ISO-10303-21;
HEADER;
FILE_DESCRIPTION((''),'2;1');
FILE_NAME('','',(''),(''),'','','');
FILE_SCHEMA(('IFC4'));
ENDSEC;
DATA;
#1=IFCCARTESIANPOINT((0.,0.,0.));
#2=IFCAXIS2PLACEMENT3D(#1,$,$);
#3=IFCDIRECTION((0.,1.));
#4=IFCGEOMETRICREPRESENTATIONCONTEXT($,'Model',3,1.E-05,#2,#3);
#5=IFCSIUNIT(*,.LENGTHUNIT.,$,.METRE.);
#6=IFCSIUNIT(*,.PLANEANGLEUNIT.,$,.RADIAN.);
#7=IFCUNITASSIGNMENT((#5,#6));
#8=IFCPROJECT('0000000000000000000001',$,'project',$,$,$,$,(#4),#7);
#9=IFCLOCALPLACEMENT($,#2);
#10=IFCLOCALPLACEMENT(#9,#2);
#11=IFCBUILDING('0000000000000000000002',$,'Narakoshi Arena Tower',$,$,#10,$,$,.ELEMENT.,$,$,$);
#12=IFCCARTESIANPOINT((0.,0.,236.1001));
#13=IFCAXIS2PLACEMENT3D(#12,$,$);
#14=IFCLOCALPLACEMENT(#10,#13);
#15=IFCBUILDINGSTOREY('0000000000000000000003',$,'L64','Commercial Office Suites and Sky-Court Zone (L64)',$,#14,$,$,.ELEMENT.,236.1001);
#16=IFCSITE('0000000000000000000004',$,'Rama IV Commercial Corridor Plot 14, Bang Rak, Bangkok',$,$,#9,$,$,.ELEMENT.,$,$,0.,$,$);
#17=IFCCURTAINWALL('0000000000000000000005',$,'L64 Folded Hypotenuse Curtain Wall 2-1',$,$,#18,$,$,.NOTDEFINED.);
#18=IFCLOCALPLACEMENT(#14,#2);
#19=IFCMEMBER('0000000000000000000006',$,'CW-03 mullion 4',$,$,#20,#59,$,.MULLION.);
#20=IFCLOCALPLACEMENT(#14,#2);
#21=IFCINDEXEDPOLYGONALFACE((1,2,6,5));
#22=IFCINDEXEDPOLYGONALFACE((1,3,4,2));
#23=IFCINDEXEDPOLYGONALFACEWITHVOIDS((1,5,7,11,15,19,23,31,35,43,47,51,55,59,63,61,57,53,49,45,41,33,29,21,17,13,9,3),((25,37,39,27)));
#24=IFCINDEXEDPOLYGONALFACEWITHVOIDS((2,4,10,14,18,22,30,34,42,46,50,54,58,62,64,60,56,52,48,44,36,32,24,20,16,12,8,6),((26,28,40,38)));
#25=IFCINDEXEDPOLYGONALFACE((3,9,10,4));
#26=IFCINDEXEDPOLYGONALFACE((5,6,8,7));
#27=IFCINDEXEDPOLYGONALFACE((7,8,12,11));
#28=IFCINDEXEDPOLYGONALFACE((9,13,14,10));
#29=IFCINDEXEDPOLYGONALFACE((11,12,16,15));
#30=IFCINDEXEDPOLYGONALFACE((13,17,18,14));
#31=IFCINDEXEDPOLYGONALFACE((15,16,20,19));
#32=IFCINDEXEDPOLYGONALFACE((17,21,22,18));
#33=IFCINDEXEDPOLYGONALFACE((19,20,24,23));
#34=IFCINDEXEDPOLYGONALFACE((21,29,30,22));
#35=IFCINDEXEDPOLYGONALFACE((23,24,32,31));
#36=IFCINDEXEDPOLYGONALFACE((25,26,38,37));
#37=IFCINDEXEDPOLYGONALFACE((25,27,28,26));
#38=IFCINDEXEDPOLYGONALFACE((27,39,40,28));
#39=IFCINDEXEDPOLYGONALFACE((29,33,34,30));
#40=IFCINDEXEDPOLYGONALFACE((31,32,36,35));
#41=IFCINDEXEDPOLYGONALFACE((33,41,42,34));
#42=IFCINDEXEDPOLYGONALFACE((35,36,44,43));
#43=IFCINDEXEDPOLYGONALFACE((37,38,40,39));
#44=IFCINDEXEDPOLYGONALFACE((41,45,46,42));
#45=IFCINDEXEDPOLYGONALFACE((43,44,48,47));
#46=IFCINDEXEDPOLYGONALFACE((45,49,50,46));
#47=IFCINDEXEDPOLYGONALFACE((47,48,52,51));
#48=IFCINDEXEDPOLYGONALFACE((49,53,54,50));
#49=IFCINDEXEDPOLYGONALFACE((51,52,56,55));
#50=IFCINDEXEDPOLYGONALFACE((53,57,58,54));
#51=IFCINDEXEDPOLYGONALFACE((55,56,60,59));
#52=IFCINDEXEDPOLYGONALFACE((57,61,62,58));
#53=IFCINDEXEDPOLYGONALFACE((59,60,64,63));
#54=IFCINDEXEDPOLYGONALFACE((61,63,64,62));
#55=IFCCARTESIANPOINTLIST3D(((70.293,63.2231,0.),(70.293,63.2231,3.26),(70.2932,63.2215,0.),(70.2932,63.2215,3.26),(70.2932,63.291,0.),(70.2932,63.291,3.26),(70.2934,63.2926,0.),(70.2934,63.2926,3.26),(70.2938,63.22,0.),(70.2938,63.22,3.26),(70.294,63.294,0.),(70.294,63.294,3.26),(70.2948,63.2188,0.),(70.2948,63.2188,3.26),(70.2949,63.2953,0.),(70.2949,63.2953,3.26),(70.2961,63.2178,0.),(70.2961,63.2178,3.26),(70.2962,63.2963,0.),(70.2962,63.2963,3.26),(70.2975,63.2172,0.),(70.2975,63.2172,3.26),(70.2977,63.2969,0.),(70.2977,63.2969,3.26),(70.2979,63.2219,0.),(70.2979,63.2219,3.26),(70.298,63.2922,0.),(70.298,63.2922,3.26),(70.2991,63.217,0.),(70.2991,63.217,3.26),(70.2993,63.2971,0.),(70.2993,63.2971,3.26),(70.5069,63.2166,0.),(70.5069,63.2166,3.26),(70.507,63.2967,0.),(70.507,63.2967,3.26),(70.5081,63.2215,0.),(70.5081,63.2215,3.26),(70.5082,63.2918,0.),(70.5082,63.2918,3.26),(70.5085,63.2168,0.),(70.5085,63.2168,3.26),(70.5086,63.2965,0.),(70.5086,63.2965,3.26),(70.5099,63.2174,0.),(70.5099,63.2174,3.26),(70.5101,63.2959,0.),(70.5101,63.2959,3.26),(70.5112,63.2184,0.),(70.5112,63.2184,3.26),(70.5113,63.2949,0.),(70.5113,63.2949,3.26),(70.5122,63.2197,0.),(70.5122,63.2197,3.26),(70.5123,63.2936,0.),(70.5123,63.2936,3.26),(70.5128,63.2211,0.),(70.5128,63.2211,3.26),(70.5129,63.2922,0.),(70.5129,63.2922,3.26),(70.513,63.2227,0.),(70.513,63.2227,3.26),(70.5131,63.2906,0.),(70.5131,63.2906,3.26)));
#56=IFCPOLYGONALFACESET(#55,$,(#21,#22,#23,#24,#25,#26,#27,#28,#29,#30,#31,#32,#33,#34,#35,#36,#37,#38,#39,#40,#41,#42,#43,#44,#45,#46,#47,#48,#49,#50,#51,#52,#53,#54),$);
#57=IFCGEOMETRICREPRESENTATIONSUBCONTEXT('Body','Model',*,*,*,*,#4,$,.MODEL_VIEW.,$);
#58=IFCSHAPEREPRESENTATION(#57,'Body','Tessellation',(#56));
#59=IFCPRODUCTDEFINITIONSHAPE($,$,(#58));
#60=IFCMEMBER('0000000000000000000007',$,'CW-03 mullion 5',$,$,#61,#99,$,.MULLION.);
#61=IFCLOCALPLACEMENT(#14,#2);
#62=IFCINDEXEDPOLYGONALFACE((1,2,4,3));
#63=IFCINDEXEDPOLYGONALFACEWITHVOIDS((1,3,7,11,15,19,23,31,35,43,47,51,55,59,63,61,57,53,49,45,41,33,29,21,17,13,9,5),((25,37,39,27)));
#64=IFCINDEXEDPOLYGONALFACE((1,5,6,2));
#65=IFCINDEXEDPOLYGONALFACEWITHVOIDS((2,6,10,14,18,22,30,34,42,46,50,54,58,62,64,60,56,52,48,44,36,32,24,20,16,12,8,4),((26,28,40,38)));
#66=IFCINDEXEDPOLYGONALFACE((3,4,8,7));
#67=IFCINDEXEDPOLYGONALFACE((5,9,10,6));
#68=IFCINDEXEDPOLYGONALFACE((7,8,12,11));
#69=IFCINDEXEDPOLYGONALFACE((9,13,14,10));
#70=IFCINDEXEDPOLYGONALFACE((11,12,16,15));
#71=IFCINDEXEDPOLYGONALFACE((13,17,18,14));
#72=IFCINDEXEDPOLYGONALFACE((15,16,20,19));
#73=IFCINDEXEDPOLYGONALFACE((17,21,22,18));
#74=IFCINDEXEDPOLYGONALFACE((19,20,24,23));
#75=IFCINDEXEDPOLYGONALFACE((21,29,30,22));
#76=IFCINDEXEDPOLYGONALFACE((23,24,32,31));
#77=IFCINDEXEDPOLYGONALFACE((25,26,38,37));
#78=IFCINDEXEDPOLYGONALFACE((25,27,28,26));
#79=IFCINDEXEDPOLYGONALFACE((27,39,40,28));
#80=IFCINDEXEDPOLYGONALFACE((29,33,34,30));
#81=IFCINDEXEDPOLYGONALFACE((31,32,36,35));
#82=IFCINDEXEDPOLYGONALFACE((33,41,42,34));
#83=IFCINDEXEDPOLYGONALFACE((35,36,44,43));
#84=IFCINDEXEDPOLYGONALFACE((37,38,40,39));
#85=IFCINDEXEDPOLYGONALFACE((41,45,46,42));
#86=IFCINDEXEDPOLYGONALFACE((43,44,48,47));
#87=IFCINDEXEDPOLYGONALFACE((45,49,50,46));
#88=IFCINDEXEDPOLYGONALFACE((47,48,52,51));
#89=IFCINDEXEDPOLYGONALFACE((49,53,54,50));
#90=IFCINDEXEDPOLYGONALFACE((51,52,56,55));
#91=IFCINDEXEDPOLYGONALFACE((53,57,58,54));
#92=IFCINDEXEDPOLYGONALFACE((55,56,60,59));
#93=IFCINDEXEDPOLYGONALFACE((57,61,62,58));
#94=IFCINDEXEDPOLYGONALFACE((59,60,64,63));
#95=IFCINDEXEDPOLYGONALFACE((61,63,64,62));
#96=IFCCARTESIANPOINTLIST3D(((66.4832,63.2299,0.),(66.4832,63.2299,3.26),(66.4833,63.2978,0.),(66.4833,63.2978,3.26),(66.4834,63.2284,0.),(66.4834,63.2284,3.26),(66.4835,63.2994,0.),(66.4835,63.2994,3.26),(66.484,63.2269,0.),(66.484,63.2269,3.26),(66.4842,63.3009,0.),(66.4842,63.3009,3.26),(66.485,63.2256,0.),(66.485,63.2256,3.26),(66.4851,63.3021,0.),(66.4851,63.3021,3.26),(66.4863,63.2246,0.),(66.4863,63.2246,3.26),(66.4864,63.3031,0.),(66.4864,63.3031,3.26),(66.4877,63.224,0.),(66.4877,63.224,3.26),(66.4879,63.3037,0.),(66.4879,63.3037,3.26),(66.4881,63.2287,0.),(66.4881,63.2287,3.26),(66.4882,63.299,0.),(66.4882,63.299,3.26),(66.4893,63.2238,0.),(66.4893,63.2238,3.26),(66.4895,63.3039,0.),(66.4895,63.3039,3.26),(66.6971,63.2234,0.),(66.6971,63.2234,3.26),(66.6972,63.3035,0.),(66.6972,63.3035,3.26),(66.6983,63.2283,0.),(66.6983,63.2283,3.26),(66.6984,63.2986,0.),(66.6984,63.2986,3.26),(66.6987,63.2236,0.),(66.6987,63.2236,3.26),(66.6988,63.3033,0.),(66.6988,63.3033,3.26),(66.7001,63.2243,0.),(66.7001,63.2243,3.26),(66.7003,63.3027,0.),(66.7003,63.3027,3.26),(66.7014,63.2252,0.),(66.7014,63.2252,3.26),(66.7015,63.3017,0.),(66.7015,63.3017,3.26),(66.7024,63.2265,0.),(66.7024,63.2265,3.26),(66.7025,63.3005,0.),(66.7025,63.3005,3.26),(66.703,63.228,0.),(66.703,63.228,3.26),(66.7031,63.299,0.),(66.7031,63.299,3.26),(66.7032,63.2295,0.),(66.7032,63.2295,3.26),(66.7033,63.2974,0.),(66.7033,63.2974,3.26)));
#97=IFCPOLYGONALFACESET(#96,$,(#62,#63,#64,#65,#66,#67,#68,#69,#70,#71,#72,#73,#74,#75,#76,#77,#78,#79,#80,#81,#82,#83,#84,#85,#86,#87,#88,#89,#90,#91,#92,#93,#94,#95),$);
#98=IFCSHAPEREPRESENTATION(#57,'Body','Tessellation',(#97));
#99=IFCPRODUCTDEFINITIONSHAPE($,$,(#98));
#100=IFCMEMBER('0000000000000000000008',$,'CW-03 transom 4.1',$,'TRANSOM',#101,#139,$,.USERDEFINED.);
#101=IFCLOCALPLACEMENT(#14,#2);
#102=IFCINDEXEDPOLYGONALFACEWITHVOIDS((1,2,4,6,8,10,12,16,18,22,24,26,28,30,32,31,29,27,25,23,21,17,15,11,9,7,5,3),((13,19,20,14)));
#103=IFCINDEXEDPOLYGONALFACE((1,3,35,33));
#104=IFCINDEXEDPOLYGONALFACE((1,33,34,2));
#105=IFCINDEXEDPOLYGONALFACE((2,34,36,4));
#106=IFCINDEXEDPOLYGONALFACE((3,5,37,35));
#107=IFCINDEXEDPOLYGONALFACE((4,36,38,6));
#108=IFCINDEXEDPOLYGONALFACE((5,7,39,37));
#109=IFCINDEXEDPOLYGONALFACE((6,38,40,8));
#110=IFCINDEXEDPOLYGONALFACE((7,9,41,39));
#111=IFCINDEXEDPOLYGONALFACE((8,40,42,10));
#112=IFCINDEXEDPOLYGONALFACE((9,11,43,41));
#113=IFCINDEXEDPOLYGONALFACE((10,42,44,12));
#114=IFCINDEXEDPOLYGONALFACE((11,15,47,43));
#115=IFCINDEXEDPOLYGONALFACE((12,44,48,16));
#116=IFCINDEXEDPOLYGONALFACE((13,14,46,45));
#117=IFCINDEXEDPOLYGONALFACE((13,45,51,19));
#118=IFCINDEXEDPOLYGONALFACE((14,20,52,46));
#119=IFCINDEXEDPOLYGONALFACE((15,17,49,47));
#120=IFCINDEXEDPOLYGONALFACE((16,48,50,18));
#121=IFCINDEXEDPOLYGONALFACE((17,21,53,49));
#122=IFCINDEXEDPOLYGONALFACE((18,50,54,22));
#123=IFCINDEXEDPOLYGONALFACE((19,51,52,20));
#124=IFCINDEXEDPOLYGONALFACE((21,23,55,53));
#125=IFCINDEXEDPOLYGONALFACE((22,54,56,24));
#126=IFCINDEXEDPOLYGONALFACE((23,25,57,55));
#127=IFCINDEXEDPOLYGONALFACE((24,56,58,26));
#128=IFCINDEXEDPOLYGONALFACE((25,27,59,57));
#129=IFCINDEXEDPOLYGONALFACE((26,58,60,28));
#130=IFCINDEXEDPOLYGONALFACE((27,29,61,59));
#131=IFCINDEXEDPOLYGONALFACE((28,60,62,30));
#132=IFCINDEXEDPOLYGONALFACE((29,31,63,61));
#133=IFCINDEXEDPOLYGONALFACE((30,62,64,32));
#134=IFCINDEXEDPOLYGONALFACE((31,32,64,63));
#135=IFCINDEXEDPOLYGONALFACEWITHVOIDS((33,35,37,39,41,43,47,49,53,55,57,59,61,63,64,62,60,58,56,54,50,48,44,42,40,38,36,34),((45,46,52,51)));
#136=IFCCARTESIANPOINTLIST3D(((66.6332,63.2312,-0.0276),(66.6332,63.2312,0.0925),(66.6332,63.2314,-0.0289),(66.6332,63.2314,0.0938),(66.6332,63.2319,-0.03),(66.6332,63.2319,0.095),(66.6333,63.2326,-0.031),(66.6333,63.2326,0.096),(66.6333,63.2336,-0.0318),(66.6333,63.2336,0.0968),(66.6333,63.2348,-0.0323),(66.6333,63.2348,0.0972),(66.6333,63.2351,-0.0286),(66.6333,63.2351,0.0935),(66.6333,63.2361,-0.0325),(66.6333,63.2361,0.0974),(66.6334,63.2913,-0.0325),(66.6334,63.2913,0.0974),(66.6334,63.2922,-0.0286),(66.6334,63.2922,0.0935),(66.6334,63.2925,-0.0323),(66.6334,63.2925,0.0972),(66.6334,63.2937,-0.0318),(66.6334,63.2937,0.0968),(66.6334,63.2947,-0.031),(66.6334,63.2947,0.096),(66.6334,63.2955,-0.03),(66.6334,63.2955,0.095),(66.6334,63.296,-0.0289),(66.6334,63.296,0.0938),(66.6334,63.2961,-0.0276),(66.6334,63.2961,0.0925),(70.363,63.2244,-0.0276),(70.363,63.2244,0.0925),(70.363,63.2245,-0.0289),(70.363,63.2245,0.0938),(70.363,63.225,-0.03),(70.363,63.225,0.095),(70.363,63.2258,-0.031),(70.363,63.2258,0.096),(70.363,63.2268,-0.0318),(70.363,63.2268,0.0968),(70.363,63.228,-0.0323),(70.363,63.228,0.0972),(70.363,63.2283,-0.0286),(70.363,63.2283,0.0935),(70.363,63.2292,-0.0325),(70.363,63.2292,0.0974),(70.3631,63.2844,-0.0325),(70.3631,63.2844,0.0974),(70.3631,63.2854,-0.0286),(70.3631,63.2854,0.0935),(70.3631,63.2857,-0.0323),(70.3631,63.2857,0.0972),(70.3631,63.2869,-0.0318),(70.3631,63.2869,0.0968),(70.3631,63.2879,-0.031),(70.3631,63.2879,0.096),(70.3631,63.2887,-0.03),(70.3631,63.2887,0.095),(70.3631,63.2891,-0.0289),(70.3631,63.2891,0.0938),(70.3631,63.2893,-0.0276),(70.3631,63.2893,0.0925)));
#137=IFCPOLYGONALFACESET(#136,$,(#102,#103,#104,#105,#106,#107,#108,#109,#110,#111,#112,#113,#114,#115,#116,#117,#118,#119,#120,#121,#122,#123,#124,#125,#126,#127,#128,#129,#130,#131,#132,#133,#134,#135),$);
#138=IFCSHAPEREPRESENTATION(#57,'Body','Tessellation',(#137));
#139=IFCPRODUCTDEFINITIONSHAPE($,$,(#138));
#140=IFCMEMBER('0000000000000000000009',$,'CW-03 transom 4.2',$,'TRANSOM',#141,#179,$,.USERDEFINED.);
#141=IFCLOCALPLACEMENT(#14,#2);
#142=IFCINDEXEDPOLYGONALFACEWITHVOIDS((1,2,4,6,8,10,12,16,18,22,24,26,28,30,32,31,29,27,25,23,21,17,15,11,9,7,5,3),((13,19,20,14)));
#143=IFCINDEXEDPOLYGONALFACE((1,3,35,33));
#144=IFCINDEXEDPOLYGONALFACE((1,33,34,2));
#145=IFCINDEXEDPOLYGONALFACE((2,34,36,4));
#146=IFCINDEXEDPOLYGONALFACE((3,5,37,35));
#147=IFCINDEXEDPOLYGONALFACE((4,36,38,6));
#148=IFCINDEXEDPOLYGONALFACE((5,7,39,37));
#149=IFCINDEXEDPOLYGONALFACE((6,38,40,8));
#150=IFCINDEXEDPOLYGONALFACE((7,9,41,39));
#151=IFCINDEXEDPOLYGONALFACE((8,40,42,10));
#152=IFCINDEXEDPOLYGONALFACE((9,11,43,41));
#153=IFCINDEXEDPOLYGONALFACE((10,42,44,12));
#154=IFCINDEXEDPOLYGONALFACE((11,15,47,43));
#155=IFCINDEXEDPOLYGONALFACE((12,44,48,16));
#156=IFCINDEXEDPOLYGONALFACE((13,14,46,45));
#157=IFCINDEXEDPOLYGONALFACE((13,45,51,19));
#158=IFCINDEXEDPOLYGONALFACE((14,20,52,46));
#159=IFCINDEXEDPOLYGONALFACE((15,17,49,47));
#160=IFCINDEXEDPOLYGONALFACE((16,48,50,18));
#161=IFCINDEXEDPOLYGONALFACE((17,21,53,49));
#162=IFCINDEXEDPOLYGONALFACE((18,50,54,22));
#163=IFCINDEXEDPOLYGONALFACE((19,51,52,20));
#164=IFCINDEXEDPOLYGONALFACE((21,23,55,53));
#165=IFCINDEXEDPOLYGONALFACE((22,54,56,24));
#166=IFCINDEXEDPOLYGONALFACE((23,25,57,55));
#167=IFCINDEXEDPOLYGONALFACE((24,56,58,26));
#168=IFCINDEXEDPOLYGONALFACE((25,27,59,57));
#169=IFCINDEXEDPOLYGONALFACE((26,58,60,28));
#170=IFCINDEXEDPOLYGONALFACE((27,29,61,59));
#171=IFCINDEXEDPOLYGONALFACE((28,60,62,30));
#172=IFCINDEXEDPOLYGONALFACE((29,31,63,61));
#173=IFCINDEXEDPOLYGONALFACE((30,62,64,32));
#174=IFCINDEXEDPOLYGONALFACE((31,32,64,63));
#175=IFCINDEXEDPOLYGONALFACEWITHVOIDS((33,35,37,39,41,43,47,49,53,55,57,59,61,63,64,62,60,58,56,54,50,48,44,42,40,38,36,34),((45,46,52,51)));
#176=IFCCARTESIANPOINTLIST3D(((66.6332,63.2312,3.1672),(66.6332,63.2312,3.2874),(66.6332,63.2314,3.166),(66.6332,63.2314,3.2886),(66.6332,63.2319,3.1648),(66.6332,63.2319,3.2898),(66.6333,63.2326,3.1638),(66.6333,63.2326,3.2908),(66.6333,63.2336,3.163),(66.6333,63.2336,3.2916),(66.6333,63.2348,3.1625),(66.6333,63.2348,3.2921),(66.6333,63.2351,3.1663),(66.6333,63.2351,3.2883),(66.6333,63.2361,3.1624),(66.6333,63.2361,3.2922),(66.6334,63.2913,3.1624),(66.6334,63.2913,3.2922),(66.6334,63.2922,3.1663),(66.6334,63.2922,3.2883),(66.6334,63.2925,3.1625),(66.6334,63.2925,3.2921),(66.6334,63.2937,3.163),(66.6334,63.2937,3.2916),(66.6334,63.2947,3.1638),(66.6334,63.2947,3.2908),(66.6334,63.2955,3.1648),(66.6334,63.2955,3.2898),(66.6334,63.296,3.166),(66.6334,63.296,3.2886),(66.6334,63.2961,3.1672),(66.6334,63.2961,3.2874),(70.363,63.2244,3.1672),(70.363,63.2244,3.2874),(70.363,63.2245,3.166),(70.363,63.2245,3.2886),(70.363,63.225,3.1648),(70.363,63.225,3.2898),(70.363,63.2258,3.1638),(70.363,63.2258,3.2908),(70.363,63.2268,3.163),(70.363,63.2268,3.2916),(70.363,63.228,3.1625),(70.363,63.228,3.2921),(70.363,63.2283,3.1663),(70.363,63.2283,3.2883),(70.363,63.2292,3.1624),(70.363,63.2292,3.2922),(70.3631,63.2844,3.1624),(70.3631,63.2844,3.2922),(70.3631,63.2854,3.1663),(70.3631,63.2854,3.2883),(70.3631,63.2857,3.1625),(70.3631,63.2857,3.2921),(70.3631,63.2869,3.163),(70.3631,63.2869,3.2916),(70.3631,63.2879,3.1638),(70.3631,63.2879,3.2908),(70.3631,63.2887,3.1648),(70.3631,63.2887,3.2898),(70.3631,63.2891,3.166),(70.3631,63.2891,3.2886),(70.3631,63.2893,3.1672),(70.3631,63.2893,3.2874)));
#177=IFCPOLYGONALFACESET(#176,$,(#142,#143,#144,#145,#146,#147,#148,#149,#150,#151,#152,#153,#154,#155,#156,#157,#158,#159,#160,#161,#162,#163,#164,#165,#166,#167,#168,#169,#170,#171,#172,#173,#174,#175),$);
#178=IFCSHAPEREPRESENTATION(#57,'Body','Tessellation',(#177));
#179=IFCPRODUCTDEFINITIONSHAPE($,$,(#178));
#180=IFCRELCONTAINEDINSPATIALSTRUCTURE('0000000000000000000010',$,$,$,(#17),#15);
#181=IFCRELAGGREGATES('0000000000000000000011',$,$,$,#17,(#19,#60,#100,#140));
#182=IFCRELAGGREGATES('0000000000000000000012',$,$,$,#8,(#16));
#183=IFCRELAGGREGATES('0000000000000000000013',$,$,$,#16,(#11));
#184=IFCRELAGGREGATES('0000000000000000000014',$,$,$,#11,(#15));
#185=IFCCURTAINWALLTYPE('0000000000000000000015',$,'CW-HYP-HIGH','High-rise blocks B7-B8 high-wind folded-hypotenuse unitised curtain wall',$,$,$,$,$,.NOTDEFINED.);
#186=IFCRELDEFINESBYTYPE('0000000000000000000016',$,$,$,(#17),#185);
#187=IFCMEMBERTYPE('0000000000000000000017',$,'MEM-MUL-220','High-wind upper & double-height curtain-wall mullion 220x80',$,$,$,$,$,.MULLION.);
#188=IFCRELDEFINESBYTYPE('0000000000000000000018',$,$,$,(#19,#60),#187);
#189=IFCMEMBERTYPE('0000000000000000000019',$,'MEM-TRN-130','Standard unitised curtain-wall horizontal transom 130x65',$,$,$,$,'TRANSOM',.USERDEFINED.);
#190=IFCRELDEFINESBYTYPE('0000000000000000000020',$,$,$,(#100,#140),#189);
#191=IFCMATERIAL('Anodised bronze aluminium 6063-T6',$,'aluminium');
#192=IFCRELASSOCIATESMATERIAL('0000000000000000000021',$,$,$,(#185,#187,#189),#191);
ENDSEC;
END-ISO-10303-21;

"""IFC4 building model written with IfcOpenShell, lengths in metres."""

from ifc_helpers import new_model, si_unit, direction, frame, origin, origin_2d, place, context, subcontext, project, spatial, hollow_rectangle, extrude, material, material_profile, profile_set, type_object, element, aggregate, save


model = new_model("IFC4")

# Units and contexts
model_context = context("Model", 3, precision=1e-05, world=origin(), true_north=direction((0.0, 1.0)))
body_context = subcontext(model_context, "Body", "Model", "MODEL_VIEW")
ifc_project = project(units=[si_unit("LENGTHUNIT", "METRE"), si_unit("PLANEANGLEUNIT", "RADIAN")], contexts=[model_context])

# Site, building, storey
site_placement = place(None, origin())
site = spatial("IfcSite", under=ifc_project, at=site_placement, Name="Rama IV Commercial Corridor Plot 14, Bang Rak, Bangkok", CompositionType="ELEMENT", RefElevation=0.0)
building_placement = place(site_placement, origin())
building = spatial("IfcBuilding", under=site, at=building_placement, Name="Narakoshi Arena Tower", CompositionType="ELEMENT")
storey_placement = place(building_placement, frame((0.0, 0.0, 236.1001)))
storey = spatial("IfcBuildingStorey", under=building, at=storey_placement, Name="L64", Description="Commercial Office Suites and Sky-Court Zone (L64)", CompositionType="ELEMENT", Elevation=236.1001)

# Curtain wall, members
ifc_material_1 = material(Name="Anodised bronze aluminium 6063-T6", Category="aluminium")
curtain_wall_type = type_object("IfcCurtainWallType", Name="CW-HYP-HIGH", Description="High-rise blocks B7-B8 high-wind folded-hypotenuse unitised curtain wall", PredefinedType="NOTDEFINED", material=ifc_material_1)
curtain_wall_placement = place(storey_placement, origin())
curtain_wall = element("IfcCurtainWall", 1, at=curtain_wall_placement, inside=storey, type_object=curtain_wall_type, Name="L64 Folded Hypotenuse Curtain Wall 2-1", PredefinedType="NOTDEFINED")
ifc_material_profile_1 = material_profile(ifc_material_1, hollow_rectangle(XDim=0.0801, YDim=0.22, WallThickness=0.0049, OuterFilletRadius=0.0061, at=origin_2d()), Name="MUL220x80x5")
ifc_profile_set_1 = profile_set([ifc_material_profile_1], Name="Anodised bronze aluminium 6063-T6")
member_type_1 = type_object("IfcMemberType", Name="MEM-MUL-220", Description="High-wind upper & double-height curtain-wall mullion 220x80", PredefinedType="MULLION", material=ifc_profile_set_1)
member_1_placement = place(storey_placement, frame((70.4031, 63.2568, 0.0), z_axis=(0.0, 0.0, 1.0), x_axis=(-0.00182, -0.999998, 0.0)))
member_1 = element("IfcMember", 2, at=member_1_placement, type_object=member_type_1, Name="CW-03 mullion 4", PredefinedType="MULLION", context=body_context, shape_type="SweptSolid", body=[
    extrude(hollow_rectangle(XDim=0.0801, YDim=0.22, WallThickness=0.0049, OuterFilletRadius=0.0061, at=origin_2d()), origin(), (0.0, 0.0, 1.0), 3.26),
])
member_2_placement = place(storey_placement, frame((66.5933, 63.2637, 0.0), z_axis=(0.0, 0.0, 1.0), x_axis=(-0.00182, -0.999998, 0.0)))
member_2 = element("IfcMember", 3, at=member_2_placement, type_object=member_type_1, Name="CW-03 mullion 5", PredefinedType="MULLION", context=body_context, shape_type="SweptSolid", body=[
    extrude(hollow_rectangle(XDim=0.0801, YDim=0.22, WallThickness=0.0049, OuterFilletRadius=0.0061, at=origin_2d()), origin(), (0.0, 0.0, 1.0), 3.26),
])
ifc_material_profile_2 = material_profile(ifc_material_1, hollow_rectangle(XDim=0.0649, YDim=0.1299, WallThickness=0.0039, OuterFilletRadius=0.0049, at=origin_2d()), Name="TRN130x65x4")
ifc_profile_set_2 = profile_set([ifc_material_profile_2], Name="Anodised bronze aluminium 6063-T6")
member_type_2 = type_object("IfcMemberType", Name="MEM-TRN-130", Description="Standard unitised curtain-wall horizontal transom 130x65", ElementType="TRANSOM", PredefinedType="USERDEFINED", material=ifc_profile_set_2)
member_3_placement = place(storey_placement, frame((70.363, 63.2568, 0.0325), z_axis=(-0.999998, 0.001833, 0.0), x_axis=(-0.001833, -0.999998, 0.0)))
member_3 = element("IfcMember", 4, at=member_3_placement, type_object=member_type_2, Name="CW-03 transom 4.1", ObjectType="TRANSOM", PredefinedType="USERDEFINED", context=body_context, shape_type="SweptSolid", body=[
    extrude(hollow_rectangle(XDim=0.0649, YDim=0.1299, WallThickness=0.0039, OuterFilletRadius=0.0049, at=origin_2d()), origin(), (0.0, 0.0, 1.0), 3.7297),
])
member_4_placement = place(storey_placement, frame((70.363, 63.2568, 3.2273), z_axis=(-0.999998, 0.001833, 0.0), x_axis=(-0.001833, -0.999998, 0.0)))
member_4 = element("IfcMember", 5, at=member_4_placement, type_object=member_type_2, Name="CW-03 transom 4.2", ObjectType="TRANSOM", PredefinedType="USERDEFINED", context=body_context, shape_type="SweptSolid", body=[
    extrude(hollow_rectangle(XDim=0.0649, YDim=0.1299, WallThickness=0.0039, OuterFilletRadius=0.0049, at=origin_2d()), origin(), (0.0, 0.0, 1.0), 3.7297),
])
aggregate(curtain_wall, [member_1, member_2, member_3, member_4])

save(model, "model.ifc")
